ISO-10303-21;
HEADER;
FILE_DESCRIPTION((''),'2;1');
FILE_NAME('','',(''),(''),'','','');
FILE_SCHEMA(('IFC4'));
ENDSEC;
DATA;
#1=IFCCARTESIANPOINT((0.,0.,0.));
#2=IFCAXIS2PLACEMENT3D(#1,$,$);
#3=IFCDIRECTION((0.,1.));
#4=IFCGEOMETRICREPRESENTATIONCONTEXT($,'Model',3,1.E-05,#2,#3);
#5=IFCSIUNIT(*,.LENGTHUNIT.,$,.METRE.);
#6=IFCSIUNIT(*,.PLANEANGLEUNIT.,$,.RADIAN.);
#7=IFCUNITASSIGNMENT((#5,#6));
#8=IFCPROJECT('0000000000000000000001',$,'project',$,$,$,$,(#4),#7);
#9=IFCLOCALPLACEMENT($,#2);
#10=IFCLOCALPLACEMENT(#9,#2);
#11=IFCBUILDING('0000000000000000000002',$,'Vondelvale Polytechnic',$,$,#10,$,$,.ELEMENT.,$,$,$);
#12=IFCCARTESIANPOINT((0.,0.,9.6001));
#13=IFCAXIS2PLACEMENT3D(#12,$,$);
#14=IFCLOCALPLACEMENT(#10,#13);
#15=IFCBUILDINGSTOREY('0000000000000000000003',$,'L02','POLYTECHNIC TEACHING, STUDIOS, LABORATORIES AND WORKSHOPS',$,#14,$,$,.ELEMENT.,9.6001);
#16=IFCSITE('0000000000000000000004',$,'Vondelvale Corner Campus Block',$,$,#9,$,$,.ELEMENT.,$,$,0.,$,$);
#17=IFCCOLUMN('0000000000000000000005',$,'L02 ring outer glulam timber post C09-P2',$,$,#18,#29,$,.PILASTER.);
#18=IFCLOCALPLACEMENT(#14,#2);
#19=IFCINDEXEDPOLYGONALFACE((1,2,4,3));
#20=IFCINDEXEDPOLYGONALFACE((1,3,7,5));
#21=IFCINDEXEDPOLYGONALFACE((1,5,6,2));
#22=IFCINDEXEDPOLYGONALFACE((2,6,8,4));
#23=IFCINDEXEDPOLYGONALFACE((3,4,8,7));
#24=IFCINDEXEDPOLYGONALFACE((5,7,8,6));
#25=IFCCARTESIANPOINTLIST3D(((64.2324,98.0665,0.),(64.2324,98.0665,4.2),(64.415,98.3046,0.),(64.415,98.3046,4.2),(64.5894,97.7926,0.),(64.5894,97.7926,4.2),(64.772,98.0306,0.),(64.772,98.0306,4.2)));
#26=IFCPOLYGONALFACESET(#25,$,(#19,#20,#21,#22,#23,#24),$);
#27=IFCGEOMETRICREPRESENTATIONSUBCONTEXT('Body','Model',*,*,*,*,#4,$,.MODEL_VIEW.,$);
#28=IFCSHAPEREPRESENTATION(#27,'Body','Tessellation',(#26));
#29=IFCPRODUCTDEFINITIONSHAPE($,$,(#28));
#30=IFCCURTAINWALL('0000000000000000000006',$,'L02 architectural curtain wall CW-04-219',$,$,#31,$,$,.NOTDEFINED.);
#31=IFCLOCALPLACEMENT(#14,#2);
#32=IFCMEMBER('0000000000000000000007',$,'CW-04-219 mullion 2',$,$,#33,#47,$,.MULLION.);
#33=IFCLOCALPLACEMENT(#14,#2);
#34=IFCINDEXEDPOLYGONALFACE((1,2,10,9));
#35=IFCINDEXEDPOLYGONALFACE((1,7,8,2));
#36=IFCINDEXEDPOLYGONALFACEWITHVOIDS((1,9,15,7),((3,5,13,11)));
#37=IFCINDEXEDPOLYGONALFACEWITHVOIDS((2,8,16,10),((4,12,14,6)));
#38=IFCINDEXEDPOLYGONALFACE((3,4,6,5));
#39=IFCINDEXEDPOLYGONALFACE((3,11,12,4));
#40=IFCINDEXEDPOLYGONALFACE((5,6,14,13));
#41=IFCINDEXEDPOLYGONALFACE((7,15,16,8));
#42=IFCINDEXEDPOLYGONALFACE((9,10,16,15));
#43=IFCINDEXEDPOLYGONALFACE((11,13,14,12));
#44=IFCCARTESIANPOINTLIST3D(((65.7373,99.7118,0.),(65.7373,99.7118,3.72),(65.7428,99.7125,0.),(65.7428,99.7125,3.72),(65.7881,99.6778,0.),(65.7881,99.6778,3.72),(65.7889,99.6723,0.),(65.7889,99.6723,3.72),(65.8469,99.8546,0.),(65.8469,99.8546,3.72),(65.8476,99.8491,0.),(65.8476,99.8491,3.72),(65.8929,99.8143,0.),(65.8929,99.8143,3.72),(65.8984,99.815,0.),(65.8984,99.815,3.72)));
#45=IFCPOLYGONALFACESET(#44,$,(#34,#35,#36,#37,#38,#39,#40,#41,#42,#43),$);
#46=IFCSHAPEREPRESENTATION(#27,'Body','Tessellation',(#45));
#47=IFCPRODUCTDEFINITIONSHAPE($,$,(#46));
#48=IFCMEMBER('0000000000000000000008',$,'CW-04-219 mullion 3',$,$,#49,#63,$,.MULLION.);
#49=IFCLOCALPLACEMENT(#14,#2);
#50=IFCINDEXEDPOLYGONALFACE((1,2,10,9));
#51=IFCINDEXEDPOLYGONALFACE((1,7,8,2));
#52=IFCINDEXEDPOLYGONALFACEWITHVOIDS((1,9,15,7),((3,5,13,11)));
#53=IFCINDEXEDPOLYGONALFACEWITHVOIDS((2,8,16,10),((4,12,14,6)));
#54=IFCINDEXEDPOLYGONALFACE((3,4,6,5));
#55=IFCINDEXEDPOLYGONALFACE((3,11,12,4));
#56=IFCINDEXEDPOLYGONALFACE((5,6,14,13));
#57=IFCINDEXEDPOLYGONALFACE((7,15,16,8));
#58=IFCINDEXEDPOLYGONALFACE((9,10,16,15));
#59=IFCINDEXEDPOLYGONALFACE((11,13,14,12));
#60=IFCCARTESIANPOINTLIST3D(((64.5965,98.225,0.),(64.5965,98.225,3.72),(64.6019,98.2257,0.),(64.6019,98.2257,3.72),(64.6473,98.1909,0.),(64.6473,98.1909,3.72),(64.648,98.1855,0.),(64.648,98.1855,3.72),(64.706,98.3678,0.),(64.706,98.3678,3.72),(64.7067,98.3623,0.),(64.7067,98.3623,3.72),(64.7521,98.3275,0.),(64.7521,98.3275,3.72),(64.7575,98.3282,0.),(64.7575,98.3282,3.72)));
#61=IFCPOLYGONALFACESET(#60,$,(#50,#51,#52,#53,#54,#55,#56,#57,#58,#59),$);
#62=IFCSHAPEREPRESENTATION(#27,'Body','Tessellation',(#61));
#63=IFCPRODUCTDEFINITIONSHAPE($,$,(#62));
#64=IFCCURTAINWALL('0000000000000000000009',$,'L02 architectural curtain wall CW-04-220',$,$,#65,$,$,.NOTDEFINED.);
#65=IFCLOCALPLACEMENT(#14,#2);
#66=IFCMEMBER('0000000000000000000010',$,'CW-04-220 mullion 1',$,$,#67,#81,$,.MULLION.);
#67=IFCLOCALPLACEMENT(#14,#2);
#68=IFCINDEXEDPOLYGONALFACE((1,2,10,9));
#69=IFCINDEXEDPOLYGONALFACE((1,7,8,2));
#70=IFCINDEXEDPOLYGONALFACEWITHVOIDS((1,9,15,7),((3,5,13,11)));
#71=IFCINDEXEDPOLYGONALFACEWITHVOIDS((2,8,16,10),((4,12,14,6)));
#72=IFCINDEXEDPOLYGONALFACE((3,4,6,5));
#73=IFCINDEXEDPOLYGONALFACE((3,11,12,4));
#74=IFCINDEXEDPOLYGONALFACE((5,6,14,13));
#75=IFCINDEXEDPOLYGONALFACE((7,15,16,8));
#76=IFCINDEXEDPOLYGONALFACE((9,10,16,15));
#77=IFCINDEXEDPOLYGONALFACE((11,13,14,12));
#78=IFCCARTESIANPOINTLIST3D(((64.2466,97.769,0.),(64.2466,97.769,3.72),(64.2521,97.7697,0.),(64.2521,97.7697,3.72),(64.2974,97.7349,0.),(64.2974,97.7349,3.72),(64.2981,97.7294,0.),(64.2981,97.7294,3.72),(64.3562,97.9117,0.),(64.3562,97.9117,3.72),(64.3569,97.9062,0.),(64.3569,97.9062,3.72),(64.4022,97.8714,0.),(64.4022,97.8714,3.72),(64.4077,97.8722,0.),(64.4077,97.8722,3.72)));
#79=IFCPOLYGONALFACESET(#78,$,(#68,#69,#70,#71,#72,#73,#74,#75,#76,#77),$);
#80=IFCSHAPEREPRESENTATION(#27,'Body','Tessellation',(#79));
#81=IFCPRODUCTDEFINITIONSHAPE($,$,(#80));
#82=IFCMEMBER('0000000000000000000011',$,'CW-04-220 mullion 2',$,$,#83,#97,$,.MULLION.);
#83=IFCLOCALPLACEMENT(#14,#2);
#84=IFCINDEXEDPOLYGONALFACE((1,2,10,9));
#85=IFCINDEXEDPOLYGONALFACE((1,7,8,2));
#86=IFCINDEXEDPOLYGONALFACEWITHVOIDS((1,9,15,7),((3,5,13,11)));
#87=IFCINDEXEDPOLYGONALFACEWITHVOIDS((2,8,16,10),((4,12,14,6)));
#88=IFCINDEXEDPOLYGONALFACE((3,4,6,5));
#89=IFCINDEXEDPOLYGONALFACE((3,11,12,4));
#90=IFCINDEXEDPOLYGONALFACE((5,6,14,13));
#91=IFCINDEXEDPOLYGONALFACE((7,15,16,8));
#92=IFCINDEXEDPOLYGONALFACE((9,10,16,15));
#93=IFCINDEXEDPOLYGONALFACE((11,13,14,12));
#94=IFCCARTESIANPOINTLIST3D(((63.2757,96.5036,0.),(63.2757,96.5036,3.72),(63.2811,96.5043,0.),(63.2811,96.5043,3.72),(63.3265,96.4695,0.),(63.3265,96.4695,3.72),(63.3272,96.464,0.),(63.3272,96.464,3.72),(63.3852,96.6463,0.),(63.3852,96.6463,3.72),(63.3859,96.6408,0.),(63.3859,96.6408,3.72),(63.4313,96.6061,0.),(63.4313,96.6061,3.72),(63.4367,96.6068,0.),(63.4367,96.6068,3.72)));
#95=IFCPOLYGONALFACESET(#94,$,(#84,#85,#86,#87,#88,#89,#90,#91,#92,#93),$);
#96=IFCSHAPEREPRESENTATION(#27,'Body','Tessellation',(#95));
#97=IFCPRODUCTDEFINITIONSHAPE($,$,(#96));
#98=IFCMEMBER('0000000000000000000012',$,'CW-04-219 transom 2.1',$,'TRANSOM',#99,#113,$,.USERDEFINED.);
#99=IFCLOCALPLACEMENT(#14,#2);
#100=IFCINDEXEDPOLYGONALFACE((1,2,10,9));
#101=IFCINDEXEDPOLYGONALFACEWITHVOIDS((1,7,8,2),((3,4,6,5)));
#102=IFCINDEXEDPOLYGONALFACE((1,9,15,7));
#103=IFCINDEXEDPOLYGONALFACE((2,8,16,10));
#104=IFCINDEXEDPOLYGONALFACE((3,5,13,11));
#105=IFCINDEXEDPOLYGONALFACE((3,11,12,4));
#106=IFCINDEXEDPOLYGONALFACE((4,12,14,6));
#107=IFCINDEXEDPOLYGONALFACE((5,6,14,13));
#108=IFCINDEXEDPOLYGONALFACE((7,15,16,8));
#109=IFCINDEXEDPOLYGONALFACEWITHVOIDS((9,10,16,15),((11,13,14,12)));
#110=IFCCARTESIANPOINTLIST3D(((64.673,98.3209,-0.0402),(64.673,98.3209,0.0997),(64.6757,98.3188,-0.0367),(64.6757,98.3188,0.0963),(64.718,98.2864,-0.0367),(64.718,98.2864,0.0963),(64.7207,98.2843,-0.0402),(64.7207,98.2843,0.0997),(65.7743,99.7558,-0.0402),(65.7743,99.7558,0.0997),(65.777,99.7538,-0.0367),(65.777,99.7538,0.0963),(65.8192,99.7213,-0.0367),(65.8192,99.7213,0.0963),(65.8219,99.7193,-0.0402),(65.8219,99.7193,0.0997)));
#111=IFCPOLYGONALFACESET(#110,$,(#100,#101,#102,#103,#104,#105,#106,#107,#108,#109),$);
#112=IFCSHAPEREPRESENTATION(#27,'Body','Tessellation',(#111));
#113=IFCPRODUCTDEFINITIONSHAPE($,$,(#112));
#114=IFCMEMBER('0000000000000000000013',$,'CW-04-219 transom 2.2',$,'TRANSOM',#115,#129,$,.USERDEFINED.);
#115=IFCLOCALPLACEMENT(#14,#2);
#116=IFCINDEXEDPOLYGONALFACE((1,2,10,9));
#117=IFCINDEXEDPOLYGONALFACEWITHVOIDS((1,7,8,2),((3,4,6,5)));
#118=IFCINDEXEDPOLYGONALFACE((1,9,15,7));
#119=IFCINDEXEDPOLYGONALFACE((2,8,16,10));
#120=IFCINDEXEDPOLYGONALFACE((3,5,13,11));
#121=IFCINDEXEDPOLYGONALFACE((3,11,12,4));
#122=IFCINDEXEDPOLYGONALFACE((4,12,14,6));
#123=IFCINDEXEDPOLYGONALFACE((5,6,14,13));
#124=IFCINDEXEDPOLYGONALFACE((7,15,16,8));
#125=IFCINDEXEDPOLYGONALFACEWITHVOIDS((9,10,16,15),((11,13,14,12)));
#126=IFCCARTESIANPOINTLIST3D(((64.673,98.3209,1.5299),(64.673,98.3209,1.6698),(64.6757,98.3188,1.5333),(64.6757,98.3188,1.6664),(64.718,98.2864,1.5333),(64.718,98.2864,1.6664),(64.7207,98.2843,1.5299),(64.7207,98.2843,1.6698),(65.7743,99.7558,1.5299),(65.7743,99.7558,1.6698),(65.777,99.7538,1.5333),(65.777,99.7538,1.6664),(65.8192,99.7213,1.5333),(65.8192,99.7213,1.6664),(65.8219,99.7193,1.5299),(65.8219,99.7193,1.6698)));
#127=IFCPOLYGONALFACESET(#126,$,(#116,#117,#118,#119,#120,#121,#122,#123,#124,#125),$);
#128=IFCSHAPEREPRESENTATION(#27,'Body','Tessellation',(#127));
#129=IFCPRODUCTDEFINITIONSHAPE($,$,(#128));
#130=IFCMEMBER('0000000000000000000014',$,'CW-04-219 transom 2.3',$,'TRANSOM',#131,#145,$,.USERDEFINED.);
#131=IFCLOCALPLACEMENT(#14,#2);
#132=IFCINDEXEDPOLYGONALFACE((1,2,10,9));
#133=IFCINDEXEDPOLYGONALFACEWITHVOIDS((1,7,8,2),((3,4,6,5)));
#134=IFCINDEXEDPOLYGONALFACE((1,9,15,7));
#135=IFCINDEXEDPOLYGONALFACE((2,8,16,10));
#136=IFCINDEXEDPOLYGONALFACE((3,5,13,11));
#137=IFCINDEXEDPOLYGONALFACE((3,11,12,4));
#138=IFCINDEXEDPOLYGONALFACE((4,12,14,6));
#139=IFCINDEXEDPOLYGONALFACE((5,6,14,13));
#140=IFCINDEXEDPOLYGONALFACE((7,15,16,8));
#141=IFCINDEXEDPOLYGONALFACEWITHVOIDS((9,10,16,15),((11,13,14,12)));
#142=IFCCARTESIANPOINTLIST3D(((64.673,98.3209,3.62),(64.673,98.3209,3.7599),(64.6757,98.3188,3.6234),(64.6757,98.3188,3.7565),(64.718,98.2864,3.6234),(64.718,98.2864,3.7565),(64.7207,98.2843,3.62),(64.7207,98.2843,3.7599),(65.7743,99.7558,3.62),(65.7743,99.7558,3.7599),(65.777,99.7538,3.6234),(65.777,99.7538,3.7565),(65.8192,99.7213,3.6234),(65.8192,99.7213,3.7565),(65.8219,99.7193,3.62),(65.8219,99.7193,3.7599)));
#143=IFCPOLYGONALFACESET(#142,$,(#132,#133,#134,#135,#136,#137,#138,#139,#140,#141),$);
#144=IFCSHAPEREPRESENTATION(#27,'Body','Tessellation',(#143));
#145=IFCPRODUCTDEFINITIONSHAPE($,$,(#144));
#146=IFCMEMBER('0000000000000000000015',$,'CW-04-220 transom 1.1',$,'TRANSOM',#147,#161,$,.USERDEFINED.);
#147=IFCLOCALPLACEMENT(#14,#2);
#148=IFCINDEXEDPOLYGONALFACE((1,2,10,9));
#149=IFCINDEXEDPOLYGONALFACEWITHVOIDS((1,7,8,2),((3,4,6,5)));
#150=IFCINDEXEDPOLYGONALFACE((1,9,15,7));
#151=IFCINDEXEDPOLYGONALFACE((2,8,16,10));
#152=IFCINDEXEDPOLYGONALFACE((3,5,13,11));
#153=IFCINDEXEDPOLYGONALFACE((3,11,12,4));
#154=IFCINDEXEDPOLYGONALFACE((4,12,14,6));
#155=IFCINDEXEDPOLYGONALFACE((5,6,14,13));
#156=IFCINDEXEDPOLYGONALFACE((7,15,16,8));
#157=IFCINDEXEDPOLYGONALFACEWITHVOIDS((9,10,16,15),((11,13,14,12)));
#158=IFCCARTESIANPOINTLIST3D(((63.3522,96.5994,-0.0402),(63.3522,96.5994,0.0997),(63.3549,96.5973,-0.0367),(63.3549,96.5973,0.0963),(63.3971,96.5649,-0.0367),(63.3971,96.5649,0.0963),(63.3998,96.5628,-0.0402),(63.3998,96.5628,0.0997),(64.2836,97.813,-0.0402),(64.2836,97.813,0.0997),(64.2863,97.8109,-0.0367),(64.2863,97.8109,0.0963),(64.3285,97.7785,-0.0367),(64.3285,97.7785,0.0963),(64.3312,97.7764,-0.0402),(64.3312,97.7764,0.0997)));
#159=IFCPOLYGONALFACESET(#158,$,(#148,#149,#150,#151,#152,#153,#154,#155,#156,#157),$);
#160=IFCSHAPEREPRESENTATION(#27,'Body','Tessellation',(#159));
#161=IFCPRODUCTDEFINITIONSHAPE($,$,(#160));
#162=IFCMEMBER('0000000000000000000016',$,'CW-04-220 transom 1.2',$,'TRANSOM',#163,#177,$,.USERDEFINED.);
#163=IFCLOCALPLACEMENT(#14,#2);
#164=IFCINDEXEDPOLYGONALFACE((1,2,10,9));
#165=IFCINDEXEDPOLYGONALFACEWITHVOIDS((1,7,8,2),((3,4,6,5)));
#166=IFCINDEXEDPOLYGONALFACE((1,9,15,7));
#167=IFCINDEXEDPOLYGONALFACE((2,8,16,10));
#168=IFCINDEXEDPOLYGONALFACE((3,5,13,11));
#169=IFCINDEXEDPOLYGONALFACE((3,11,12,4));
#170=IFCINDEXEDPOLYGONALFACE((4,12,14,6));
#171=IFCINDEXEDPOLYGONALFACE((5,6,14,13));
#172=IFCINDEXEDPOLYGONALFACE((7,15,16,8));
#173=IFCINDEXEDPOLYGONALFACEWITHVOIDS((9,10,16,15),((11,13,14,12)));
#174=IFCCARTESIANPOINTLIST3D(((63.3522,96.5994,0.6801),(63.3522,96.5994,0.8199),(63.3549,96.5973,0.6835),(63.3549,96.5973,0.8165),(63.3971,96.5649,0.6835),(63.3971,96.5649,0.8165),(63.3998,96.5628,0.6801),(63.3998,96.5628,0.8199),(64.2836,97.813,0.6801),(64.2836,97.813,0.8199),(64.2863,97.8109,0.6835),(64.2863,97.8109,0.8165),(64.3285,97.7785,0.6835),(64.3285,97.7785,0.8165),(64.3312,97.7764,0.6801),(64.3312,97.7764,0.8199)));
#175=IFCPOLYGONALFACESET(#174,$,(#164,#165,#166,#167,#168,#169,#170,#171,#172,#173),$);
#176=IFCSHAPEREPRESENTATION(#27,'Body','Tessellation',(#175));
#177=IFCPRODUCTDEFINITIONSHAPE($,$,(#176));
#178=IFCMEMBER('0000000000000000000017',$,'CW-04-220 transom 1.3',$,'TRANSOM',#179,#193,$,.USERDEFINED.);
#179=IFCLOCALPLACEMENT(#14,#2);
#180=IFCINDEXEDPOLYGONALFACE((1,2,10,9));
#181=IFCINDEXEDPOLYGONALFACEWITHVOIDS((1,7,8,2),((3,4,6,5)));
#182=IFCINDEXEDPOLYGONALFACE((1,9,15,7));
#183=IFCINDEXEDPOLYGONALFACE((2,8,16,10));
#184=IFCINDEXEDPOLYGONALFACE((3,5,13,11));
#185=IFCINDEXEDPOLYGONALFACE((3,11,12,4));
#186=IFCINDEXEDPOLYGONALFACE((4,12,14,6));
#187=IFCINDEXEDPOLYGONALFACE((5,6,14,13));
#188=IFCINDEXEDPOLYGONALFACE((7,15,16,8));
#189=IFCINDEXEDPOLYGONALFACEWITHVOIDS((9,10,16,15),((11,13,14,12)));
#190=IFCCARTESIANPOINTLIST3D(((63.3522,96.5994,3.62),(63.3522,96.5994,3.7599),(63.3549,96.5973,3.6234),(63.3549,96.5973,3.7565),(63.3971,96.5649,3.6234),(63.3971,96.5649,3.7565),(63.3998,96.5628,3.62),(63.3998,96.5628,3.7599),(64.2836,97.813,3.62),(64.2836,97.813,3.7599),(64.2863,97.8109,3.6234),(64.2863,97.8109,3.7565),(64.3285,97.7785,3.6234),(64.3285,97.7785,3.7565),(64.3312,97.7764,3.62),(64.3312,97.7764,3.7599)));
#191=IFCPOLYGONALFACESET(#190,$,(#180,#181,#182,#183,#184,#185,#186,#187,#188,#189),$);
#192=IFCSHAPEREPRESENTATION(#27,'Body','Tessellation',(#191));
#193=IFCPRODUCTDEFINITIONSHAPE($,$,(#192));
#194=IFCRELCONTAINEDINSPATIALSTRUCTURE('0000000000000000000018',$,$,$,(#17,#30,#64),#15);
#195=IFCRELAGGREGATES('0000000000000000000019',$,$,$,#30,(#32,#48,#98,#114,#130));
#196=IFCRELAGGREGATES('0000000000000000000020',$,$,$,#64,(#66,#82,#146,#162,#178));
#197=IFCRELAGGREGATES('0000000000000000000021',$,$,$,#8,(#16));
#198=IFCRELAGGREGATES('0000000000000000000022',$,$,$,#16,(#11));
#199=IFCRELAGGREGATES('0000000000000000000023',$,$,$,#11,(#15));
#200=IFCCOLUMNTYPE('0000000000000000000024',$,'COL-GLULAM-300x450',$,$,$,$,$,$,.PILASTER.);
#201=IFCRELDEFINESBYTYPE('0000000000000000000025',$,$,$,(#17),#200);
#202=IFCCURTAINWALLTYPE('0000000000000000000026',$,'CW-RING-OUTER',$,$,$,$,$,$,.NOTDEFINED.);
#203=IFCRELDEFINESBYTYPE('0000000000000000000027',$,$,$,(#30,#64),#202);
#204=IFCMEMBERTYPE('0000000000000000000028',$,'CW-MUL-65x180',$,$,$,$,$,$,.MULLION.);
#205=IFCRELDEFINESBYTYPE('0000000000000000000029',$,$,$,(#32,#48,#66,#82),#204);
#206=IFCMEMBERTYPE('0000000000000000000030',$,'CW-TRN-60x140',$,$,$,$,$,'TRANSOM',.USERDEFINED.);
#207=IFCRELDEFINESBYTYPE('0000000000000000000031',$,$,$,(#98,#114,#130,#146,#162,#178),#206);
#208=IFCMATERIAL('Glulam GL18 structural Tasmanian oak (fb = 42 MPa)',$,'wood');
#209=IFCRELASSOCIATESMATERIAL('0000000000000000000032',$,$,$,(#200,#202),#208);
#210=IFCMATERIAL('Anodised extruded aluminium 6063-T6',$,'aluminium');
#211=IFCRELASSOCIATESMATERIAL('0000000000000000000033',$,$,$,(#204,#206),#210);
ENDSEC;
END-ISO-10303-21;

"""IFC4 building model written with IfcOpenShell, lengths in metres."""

from ifc_helpers import new_model, si_unit, direction, frame, origin, origin_2d, place, context, subcontext, project, spatial, rectangle, hollow_rectangle, extrude, material, material_profile, profile_set, type_object, element, aggregate, save


model = new_model("IFC4")

# Units and contexts
model_context = context("Model", 3, precision=1e-05, world=origin(), true_north=direction((0.0, 1.0)))
body_context = subcontext(model_context, "Body", "Model", "MODEL_VIEW")
ifc_project = project(units=[si_unit("LENGTHUNIT", "METRE"), si_unit("PLANEANGLEUNIT", "RADIAN")], contexts=[model_context])

# Site, building, storey
site_placement = place(None, origin())
site = spatial("IfcSite", under=ifc_project, at=site_placement, Name="Vondelvale Corner Campus Block", CompositionType="ELEMENT", RefElevation=0.0)
building_placement = place(site_placement, origin())
building = spatial("IfcBuilding", under=site, at=building_placement, Name="Vondelvale Polytechnic", CompositionType="ELEMENT")
storey_placement = place(building_placement, frame((0.0, 0.0, 9.6001)))
storey = spatial("IfcBuildingStorey", under=building, at=storey_placement, Name="L02", Description="POLYTECHNIC TEACHING, STUDIOS, LABORATORIES AND WORKSHOPS", CompositionType="ELEMENT", Elevation=9.6001)

# Column
ifc_material_1 = material(Name="Glulam GL18 structural Tasmanian oak (fb = 42 MPa)", Category="wood")
ifc_material_profile_1 = material_profile(ifc_material_1, rectangle(XDim=0.3, YDim=0.45, at=origin_2d()), Name="GL-POST-300x450")
ifc_profile_set_1 = profile_set([ifc_material_profile_1], Name="Glulam GL18 structural Tasmanian oak (fb = 42 MPa)")
column_type = type_object("IfcColumnType", Name="COL-GLULAM-300x450", PredefinedType="PILASTER", material=ifc_profile_set_1)
column_placement = place(storey_placement, frame((64.5022, 98.0486, 0.0), z_axis=(0.0, 0.0, 1.0), x_axis=(0.608761, 0.793353, 0.0)))
element("IfcColumn", 1, at=column_placement, inside=storey, type_object=column_type, Name="L02 ring outer glulam timber post C09-P2", PredefinedType="PILASTER", context=body_context, shape_type="SweptSolid", body=[
    extrude(rectangle(XDim=0.3, YDim=0.45, at=origin_2d()), origin(), (0.0, 0.0, 1.0), 4.2),
])

# Curtain walls, members
curtain_wall_type = type_object("IfcCurtainWallType", Name="CW-RING-OUTER", PredefinedType="NOTDEFINED", material=ifc_material_1)
curtain_wall_1_placement = place(storey_placement, origin())
curtain_wall_1 = element("IfcCurtainWall", 2, at=curtain_wall_1_placement, inside=storey, type_object=curtain_wall_type, Name="L02 architectural curtain wall CW-04-219", PredefinedType="NOTDEFINED")
ifc_material_2 = material(Name="Anodised extruded aluminium 6063-T6", Category="aluminium")
ifc_material_profile_2 = material_profile(ifc_material_2, hollow_rectangle(XDim=0.0649, YDim=0.1799, WallThickness=0.0039, at=origin_2d()), Name="CW-MUL-180x65")
ifc_profile_set_2 = profile_set([ifc_material_profile_2], Name="Anodised extruded aluminium 6063-T6")
member_type_1 = type_object("IfcMemberType", Name="CW-MUL-65x180", PredefinedType="MULLION", material=ifc_profile_set_2)
member_1_placement = place(storey_placement, frame((65.8179, 99.7634, 0.0), z_axis=(0.0, 0.0, 1.0), x_axis=(0.793346, -0.608771, 0.0)))
member_1 = element("IfcMember", 3, at=member_1_placement, type_object=member_type_1, Name="CW-04-219 mullion 2", PredefinedType="MULLION", context=body_context, shape_type="SweptSolid", body=[
    extrude(hollow_rectangle(XDim=0.0649, YDim=0.1799, WallThickness=0.0039, at=origin_2d()), origin(), (0.0, 0.0, 1.0), 3.72),
])
member_2_placement = place(storey_placement, frame((64.677, 98.2766, 0.0), z_axis=(0.0, 0.0, 1.0), x_axis=(0.793346, -0.608771, 0.0)))
member_2 = element("IfcMember", 4, at=member_2_placement, type_object=member_type_1, Name="CW-04-219 mullion 3", PredefinedType="MULLION", context=body_context, shape_type="SweptSolid", body=[
    extrude(hollow_rectangle(XDim=0.0649, YDim=0.1799, WallThickness=0.0039, at=origin_2d()), origin(), (0.0, 0.0, 1.0), 3.72),
])
curtain_wall_2_placement = place(storey_placement, origin())
curtain_wall_2 = element("IfcCurtainWall", 5, at=curtain_wall_2_placement, inside=storey, type_object=curtain_wall_type, Name="L02 architectural curtain wall CW-04-220", PredefinedType="NOTDEFINED")
member_3_placement = place(storey_placement, frame((64.3271, 97.8206, 0.0), z_axis=(0.0, 0.0, 1.0), x_axis=(0.793334, -0.608787, 0.0)))
member_3 = element("IfcMember", 6, at=member_3_placement, type_object=member_type_1, Name="CW-04-220 mullion 1", PredefinedType="MULLION", context=body_context, shape_type="SweptSolid", body=[
    extrude(hollow_rectangle(XDim=0.0649, YDim=0.1799, WallThickness=0.0039, at=origin_2d()), origin(), (0.0, 0.0, 1.0), 3.72),
])
member_4_placement = place(storey_placement, frame((63.3562, 96.5552, 0.0), z_axis=(0.0, 0.0, 1.0), x_axis=(0.793334, -0.608787, 0.0)))
member_4 = element("IfcMember", 7, at=member_4_placement, type_object=member_type_1, Name="CW-04-220 mullion 2", PredefinedType="MULLION", context=body_context, shape_type="SweptSolid", body=[
    extrude(hollow_rectangle(XDim=0.0649, YDim=0.1799, WallThickness=0.0039, at=origin_2d()), origin(), (0.0, 0.0, 1.0), 3.72),
])

# Members
ifc_material_profile_3 = material_profile(ifc_material_2, hollow_rectangle(XDim=0.0601, YDim=0.1399, WallThickness=0.0034, at=origin_2d()), Name="CW-TRN-140x60")
ifc_profile_set_3 = profile_set([ifc_material_profile_3], Name="Anodised extruded aluminium 6063-T6")
member_type_2 = type_object("IfcMemberType", Name="CW-TRN-60x140", ElementType="TRANSOM", PredefinedType="USERDEFINED", material=ifc_profile_set_3)
member_5_placement = place(storey_placement, frame((65.7981, 99.7375, 0.0298), z_axis=(-0.608817, -0.793311, 0.0), x_axis=(0.793311, -0.608817, 0.0)))
member_5 = element("IfcMember", 8, at=member_5_placement, type_object=member_type_2, Name="CW-04-219 transom 2.1", ObjectType="TRANSOM", PredefinedType="USERDEFINED", context=body_context, shape_type="SweptSolid", body=[
    extrude(hollow_rectangle(XDim=0.0601, YDim=0.1399, WallThickness=0.0034, at=origin_2d()), origin(), (0.0, 0.0, 1.0), 1.8088),
])
member_6_placement = place(storey_placement, frame((65.7981, 99.7375, 1.5999), z_axis=(-0.608817, -0.793311, 0.0), x_axis=(0.793311, -0.608817, 0.0)))
member_6 = element("IfcMember", 9, at=member_6_placement, type_object=member_type_2, Name="CW-04-219 transom 2.2", ObjectType="TRANSOM", PredefinedType="USERDEFINED", context=body_context, shape_type="SweptSolid", body=[
    extrude(hollow_rectangle(XDim=0.0601, YDim=0.1399, WallThickness=0.0034, at=origin_2d()), origin(), (0.0, 0.0, 1.0), 1.8088),
])
member_7_placement = place(storey_placement, frame((65.7981, 99.7375, 3.6899), z_axis=(-0.608817, -0.793311, 0.0), x_axis=(0.793311, -0.608817, 0.0)))
member_7 = element("IfcMember", 10, at=member_7_placement, type_object=member_type_2, Name="CW-04-219 transom 2.3", ObjectType="TRANSOM", PredefinedType="USERDEFINED", context=body_context, shape_type="SweptSolid", body=[
    extrude(hollow_rectangle(XDim=0.0601, YDim=0.1399, WallThickness=0.0034, at=origin_2d()), origin(), (0.0, 0.0, 1.0), 1.8088),
])
member_8_placement = place(storey_placement, frame((64.3074, 97.7947, 0.0298), z_axis=(-0.608823, -0.793306, 0.0), x_axis=(0.793306, -0.608823, 0.0)))
member_8 = element("IfcMember", 11, at=member_8_placement, type_object=member_type_2, Name="CW-04-220 transom 1.1", ObjectType="TRANSOM", PredefinedType="USERDEFINED", context=body_context, shape_type="SweptSolid", body=[
    extrude(hollow_rectangle(XDim=0.0601, YDim=0.1399, WallThickness=0.0034, at=origin_2d()), origin(), (0.0, 0.0, 1.0), 1.5298),
])
member_9_placement = place(storey_placement, frame((64.3074, 97.7947, 0.75), z_axis=(-0.608823, -0.793306, 0.0), x_axis=(0.793306, -0.608823, 0.0)))
member_9 = element("IfcMember", 12, at=member_9_placement, type_object=member_type_2, Name="CW-04-220 transom 1.2", ObjectType="TRANSOM", PredefinedType="USERDEFINED", context=body_context, shape_type="SweptSolid", body=[
    extrude(hollow_rectangle(XDim=0.0601, YDim=0.1399, WallThickness=0.0034, at=origin_2d()), origin(), (0.0, 0.0, 1.0), 1.5298),
])
member_10_placement = place(storey_placement, frame((64.3074, 97.7947, 3.6899), z_axis=(-0.608823, -0.793306, 0.0), x_axis=(0.793306, -0.608823, 0.0)))
member_10 = element("IfcMember", 13, at=member_10_placement, type_object=member_type_2, Name="CW-04-220 transom 1.3", ObjectType="TRANSOM", PredefinedType="USERDEFINED", context=body_context, shape_type="SweptSolid", body=[
    extrude(hollow_rectangle(XDim=0.0601, YDim=0.1399, WallThickness=0.0034, at=origin_2d()), origin(), (0.0, 0.0, 1.0), 1.5298),
])

aggregate(curtain_wall_1, [member_1, member_2, member_5, member_6, member_7])
aggregate(curtain_wall_2, [member_3, member_4, member_8, member_9, member_10])

save(model, "model.ifc")
